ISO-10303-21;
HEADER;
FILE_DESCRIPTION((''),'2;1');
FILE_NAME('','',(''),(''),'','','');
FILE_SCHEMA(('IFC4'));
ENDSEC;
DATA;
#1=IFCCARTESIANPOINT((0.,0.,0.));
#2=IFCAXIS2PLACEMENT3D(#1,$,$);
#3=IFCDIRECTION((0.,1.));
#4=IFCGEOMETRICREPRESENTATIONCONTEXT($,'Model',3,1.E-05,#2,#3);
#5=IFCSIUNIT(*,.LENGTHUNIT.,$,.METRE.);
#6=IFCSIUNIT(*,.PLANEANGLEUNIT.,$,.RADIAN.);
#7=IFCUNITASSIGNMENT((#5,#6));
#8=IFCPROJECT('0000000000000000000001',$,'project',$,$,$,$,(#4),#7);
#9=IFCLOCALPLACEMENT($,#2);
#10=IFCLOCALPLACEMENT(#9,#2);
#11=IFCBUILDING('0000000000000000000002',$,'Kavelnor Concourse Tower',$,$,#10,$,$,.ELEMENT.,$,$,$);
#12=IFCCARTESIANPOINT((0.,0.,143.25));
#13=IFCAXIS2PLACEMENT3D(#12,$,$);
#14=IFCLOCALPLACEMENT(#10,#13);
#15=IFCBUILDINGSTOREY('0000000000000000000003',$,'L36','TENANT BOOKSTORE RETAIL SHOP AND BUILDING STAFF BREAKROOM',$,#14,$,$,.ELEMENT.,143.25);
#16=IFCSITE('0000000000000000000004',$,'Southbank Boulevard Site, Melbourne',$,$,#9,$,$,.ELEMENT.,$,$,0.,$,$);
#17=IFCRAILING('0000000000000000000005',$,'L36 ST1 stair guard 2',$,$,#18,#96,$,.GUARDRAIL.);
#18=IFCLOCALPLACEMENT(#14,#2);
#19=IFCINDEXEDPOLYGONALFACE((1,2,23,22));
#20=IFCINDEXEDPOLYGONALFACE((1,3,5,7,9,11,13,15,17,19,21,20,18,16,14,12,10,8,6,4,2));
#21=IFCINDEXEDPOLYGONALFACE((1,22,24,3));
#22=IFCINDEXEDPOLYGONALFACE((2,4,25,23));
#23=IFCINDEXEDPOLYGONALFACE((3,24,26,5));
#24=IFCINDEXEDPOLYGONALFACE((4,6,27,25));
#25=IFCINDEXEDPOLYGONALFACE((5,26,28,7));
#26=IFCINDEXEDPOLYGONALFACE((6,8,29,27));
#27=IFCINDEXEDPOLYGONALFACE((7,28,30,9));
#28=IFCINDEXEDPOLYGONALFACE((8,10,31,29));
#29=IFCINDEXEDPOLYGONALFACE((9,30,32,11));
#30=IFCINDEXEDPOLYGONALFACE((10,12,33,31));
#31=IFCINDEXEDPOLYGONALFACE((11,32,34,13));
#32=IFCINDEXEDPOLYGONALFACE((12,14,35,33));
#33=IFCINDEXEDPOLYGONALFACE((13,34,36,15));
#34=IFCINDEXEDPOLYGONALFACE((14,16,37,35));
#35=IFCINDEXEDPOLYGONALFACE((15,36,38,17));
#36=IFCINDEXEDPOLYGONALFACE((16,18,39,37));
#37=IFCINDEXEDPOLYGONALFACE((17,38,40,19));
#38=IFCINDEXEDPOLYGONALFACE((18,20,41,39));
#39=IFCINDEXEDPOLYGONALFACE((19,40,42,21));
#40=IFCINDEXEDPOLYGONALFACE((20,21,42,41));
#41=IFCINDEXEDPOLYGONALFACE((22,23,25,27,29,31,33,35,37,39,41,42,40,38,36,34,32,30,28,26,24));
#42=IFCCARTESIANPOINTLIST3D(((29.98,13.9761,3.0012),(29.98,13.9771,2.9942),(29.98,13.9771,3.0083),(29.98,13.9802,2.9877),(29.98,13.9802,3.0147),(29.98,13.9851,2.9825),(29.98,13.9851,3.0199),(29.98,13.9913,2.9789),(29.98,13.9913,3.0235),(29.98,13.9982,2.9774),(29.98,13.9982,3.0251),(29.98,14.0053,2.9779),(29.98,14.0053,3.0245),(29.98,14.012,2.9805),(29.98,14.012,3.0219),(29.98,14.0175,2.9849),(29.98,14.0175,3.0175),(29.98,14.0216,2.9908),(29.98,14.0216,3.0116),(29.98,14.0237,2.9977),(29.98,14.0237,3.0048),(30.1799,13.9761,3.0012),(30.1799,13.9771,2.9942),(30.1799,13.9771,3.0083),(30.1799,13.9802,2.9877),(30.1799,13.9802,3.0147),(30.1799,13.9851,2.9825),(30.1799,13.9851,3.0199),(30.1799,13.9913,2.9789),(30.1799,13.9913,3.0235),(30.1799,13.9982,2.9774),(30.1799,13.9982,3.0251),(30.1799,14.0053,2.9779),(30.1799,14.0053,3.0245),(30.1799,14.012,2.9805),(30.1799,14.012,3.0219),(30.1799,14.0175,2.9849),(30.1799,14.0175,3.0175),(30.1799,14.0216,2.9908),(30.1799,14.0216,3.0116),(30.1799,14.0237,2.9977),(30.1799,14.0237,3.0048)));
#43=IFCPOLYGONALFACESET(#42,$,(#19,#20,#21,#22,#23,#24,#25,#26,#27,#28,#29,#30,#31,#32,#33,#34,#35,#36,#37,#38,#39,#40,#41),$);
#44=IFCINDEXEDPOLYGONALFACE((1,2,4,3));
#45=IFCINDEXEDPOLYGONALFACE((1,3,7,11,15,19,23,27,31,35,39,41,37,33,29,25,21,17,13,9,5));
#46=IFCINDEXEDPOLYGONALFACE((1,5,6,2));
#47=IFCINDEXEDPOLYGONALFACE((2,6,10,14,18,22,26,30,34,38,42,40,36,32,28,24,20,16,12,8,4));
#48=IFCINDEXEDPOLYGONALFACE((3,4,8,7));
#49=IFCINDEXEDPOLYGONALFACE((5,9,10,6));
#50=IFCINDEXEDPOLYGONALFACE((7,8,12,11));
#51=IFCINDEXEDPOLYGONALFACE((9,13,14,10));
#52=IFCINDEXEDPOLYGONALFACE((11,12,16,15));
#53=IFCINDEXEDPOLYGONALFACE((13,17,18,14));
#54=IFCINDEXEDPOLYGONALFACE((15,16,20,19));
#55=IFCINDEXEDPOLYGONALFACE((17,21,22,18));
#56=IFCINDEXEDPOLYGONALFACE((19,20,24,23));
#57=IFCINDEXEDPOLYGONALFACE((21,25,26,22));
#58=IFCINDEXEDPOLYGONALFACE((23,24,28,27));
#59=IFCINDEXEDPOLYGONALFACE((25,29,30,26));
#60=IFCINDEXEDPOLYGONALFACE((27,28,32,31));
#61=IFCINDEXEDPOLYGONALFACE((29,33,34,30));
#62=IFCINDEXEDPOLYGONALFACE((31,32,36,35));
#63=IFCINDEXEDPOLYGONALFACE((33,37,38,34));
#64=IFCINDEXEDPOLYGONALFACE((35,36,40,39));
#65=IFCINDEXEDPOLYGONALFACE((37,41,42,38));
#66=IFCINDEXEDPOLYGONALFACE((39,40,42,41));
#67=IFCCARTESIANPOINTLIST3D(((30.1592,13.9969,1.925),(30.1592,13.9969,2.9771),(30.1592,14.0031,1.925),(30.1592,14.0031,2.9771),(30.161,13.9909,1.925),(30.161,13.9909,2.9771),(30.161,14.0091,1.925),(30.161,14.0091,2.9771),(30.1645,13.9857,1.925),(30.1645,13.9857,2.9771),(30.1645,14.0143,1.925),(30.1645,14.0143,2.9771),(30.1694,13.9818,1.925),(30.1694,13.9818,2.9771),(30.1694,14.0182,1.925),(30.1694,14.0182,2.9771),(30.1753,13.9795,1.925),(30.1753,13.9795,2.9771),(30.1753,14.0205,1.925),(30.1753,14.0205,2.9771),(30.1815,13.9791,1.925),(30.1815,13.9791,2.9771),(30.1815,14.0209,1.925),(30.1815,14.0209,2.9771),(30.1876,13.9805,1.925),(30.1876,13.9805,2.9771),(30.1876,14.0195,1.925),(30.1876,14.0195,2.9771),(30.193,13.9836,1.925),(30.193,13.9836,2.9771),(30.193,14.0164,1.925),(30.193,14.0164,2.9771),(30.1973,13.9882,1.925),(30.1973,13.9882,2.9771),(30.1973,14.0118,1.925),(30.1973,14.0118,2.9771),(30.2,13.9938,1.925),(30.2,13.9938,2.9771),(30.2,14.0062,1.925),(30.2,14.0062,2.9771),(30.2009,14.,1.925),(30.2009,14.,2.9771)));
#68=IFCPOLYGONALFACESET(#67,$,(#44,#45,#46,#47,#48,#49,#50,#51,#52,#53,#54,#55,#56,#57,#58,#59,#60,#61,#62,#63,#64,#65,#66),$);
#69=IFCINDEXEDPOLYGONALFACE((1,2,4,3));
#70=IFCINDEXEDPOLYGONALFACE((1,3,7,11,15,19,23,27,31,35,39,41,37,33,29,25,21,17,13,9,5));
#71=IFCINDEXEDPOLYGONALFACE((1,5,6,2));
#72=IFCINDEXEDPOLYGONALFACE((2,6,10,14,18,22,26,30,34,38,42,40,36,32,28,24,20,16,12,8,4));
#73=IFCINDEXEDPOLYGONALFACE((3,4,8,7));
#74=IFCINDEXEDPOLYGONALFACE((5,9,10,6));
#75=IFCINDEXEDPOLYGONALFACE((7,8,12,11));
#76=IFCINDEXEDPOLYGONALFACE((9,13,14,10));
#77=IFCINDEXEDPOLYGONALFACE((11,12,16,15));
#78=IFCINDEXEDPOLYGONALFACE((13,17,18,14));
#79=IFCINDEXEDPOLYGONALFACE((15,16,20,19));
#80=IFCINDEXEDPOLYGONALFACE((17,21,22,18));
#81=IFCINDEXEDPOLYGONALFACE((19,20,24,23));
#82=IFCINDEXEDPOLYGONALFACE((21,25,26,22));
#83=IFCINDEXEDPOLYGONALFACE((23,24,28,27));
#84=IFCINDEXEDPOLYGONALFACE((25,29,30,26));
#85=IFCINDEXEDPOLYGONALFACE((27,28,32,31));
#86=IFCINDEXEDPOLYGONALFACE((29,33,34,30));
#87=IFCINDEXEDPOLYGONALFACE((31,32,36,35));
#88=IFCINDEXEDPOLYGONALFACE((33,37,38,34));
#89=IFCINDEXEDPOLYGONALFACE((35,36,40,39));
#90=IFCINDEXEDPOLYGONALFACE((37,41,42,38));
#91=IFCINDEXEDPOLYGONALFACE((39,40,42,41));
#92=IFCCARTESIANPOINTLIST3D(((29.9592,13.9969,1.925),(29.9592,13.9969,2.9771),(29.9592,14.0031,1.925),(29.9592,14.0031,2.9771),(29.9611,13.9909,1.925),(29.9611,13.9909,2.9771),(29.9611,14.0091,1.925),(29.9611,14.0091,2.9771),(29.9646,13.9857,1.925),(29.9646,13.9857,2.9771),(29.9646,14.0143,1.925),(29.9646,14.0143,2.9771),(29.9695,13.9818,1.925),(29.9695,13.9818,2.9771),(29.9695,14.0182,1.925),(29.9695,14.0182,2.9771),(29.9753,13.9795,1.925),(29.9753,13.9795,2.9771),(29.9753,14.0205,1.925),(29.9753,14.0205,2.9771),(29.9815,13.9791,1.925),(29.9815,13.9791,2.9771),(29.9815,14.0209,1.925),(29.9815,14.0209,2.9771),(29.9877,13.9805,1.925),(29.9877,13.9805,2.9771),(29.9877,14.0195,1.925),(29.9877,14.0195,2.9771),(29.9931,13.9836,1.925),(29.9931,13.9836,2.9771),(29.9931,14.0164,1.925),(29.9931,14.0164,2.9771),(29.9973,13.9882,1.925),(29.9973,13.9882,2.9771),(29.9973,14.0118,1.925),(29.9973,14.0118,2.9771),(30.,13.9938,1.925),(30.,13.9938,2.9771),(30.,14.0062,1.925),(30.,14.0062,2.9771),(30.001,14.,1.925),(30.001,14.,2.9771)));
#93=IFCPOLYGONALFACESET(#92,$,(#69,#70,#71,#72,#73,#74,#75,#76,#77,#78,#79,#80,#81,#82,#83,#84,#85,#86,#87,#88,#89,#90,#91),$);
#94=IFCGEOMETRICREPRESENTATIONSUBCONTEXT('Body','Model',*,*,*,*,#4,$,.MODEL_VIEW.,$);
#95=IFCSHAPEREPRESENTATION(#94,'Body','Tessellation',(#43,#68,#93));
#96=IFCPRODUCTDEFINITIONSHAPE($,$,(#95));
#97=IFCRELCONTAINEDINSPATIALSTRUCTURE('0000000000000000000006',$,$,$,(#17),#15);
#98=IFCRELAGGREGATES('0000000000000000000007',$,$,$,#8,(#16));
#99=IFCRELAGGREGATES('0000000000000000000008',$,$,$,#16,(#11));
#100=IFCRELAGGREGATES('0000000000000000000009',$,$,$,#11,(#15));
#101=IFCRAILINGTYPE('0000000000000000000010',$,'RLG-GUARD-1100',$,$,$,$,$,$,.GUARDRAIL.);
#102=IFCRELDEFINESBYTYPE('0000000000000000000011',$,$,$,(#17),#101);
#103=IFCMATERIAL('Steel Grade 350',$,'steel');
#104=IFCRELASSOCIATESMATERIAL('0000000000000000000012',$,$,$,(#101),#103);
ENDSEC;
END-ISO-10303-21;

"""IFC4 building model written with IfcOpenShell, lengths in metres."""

from ifc_helpers import new_model, si_unit, direction, frame, origin, origin_2d, place, context, subcontext, project, spatial, circle, extrude, material, type_object, element, save


model = new_model("IFC4")

# Units and contexts
model_context = context("Model", 3, precision=1e-05, world=origin(), true_north=direction((0.0, 1.0)))
body_context = subcontext(model_context, "Body", "Model", "MODEL_VIEW")
ifc_project = project(units=[si_unit("LENGTHUNIT", "METRE"), si_unit("PLANEANGLEUNIT", "RADIAN")], contexts=[model_context])

# Site, building, storey
site_placement = place(None, origin())
site = spatial("IfcSite", under=ifc_project, at=site_placement, Name="Southbank Boulevard Site, Melbourne", CompositionType="ELEMENT", RefElevation=0.0)
building_placement = place(site_placement, origin())
building = spatial("IfcBuilding", under=site, at=building_placement, Name="Kavelnor Concourse Tower", CompositionType="ELEMENT")
storey_placement = place(building_placement, frame((0.0, 0.0, 143.25)))
storey = spatial("IfcBuildingStorey", under=building, at=storey_placement, Name="L36", Description="TENANT BOOKSTORE RETAIL SHOP AND BUILDING STAFF BREAKROOM", CompositionType="ELEMENT", Elevation=143.25)

# Shared definitions
ifc_material_1 = material(Name="Steel Grade 350", Category="steel")

# Railing
railing_type_1 = type_object("IfcRailingType", Name="RLG-GUARD-1100", PredefinedType="GUARDRAIL", material=ifc_material_1)
railing_1_placement = place(storey_placement, frame((30.1799, 14.0, 1.925)))
element("IfcRailing", 1, at=railing_1_placement, inside=storey, type_object=railing_type_1, Name="L36 ST1 stair guard 2", PredefinedType="GUARDRAIL", context=body_context, shape_type="SweptSolid", body=[
    extrude(circle(Radius=0.0239, at=origin_2d()), frame((0.0, 0.0, 1.0762), z_axis=(-1.0, 0.0, 0.0), x_axis=(0.0, -1.0, 0.0)), (0.0, 0.0, 1.0), 0.2),
    extrude(circle(Radius=0.021, at=origin_2d()), origin(), (0.0, 0.0, 1.0), 1.052),
    extrude(circle(Radius=0.021, at=origin_2d()), frame((-0.2, 0.0, 0.0)), (0.0, 0.0, 1.0), 1.052),
])

save(model, "model.ifc")
